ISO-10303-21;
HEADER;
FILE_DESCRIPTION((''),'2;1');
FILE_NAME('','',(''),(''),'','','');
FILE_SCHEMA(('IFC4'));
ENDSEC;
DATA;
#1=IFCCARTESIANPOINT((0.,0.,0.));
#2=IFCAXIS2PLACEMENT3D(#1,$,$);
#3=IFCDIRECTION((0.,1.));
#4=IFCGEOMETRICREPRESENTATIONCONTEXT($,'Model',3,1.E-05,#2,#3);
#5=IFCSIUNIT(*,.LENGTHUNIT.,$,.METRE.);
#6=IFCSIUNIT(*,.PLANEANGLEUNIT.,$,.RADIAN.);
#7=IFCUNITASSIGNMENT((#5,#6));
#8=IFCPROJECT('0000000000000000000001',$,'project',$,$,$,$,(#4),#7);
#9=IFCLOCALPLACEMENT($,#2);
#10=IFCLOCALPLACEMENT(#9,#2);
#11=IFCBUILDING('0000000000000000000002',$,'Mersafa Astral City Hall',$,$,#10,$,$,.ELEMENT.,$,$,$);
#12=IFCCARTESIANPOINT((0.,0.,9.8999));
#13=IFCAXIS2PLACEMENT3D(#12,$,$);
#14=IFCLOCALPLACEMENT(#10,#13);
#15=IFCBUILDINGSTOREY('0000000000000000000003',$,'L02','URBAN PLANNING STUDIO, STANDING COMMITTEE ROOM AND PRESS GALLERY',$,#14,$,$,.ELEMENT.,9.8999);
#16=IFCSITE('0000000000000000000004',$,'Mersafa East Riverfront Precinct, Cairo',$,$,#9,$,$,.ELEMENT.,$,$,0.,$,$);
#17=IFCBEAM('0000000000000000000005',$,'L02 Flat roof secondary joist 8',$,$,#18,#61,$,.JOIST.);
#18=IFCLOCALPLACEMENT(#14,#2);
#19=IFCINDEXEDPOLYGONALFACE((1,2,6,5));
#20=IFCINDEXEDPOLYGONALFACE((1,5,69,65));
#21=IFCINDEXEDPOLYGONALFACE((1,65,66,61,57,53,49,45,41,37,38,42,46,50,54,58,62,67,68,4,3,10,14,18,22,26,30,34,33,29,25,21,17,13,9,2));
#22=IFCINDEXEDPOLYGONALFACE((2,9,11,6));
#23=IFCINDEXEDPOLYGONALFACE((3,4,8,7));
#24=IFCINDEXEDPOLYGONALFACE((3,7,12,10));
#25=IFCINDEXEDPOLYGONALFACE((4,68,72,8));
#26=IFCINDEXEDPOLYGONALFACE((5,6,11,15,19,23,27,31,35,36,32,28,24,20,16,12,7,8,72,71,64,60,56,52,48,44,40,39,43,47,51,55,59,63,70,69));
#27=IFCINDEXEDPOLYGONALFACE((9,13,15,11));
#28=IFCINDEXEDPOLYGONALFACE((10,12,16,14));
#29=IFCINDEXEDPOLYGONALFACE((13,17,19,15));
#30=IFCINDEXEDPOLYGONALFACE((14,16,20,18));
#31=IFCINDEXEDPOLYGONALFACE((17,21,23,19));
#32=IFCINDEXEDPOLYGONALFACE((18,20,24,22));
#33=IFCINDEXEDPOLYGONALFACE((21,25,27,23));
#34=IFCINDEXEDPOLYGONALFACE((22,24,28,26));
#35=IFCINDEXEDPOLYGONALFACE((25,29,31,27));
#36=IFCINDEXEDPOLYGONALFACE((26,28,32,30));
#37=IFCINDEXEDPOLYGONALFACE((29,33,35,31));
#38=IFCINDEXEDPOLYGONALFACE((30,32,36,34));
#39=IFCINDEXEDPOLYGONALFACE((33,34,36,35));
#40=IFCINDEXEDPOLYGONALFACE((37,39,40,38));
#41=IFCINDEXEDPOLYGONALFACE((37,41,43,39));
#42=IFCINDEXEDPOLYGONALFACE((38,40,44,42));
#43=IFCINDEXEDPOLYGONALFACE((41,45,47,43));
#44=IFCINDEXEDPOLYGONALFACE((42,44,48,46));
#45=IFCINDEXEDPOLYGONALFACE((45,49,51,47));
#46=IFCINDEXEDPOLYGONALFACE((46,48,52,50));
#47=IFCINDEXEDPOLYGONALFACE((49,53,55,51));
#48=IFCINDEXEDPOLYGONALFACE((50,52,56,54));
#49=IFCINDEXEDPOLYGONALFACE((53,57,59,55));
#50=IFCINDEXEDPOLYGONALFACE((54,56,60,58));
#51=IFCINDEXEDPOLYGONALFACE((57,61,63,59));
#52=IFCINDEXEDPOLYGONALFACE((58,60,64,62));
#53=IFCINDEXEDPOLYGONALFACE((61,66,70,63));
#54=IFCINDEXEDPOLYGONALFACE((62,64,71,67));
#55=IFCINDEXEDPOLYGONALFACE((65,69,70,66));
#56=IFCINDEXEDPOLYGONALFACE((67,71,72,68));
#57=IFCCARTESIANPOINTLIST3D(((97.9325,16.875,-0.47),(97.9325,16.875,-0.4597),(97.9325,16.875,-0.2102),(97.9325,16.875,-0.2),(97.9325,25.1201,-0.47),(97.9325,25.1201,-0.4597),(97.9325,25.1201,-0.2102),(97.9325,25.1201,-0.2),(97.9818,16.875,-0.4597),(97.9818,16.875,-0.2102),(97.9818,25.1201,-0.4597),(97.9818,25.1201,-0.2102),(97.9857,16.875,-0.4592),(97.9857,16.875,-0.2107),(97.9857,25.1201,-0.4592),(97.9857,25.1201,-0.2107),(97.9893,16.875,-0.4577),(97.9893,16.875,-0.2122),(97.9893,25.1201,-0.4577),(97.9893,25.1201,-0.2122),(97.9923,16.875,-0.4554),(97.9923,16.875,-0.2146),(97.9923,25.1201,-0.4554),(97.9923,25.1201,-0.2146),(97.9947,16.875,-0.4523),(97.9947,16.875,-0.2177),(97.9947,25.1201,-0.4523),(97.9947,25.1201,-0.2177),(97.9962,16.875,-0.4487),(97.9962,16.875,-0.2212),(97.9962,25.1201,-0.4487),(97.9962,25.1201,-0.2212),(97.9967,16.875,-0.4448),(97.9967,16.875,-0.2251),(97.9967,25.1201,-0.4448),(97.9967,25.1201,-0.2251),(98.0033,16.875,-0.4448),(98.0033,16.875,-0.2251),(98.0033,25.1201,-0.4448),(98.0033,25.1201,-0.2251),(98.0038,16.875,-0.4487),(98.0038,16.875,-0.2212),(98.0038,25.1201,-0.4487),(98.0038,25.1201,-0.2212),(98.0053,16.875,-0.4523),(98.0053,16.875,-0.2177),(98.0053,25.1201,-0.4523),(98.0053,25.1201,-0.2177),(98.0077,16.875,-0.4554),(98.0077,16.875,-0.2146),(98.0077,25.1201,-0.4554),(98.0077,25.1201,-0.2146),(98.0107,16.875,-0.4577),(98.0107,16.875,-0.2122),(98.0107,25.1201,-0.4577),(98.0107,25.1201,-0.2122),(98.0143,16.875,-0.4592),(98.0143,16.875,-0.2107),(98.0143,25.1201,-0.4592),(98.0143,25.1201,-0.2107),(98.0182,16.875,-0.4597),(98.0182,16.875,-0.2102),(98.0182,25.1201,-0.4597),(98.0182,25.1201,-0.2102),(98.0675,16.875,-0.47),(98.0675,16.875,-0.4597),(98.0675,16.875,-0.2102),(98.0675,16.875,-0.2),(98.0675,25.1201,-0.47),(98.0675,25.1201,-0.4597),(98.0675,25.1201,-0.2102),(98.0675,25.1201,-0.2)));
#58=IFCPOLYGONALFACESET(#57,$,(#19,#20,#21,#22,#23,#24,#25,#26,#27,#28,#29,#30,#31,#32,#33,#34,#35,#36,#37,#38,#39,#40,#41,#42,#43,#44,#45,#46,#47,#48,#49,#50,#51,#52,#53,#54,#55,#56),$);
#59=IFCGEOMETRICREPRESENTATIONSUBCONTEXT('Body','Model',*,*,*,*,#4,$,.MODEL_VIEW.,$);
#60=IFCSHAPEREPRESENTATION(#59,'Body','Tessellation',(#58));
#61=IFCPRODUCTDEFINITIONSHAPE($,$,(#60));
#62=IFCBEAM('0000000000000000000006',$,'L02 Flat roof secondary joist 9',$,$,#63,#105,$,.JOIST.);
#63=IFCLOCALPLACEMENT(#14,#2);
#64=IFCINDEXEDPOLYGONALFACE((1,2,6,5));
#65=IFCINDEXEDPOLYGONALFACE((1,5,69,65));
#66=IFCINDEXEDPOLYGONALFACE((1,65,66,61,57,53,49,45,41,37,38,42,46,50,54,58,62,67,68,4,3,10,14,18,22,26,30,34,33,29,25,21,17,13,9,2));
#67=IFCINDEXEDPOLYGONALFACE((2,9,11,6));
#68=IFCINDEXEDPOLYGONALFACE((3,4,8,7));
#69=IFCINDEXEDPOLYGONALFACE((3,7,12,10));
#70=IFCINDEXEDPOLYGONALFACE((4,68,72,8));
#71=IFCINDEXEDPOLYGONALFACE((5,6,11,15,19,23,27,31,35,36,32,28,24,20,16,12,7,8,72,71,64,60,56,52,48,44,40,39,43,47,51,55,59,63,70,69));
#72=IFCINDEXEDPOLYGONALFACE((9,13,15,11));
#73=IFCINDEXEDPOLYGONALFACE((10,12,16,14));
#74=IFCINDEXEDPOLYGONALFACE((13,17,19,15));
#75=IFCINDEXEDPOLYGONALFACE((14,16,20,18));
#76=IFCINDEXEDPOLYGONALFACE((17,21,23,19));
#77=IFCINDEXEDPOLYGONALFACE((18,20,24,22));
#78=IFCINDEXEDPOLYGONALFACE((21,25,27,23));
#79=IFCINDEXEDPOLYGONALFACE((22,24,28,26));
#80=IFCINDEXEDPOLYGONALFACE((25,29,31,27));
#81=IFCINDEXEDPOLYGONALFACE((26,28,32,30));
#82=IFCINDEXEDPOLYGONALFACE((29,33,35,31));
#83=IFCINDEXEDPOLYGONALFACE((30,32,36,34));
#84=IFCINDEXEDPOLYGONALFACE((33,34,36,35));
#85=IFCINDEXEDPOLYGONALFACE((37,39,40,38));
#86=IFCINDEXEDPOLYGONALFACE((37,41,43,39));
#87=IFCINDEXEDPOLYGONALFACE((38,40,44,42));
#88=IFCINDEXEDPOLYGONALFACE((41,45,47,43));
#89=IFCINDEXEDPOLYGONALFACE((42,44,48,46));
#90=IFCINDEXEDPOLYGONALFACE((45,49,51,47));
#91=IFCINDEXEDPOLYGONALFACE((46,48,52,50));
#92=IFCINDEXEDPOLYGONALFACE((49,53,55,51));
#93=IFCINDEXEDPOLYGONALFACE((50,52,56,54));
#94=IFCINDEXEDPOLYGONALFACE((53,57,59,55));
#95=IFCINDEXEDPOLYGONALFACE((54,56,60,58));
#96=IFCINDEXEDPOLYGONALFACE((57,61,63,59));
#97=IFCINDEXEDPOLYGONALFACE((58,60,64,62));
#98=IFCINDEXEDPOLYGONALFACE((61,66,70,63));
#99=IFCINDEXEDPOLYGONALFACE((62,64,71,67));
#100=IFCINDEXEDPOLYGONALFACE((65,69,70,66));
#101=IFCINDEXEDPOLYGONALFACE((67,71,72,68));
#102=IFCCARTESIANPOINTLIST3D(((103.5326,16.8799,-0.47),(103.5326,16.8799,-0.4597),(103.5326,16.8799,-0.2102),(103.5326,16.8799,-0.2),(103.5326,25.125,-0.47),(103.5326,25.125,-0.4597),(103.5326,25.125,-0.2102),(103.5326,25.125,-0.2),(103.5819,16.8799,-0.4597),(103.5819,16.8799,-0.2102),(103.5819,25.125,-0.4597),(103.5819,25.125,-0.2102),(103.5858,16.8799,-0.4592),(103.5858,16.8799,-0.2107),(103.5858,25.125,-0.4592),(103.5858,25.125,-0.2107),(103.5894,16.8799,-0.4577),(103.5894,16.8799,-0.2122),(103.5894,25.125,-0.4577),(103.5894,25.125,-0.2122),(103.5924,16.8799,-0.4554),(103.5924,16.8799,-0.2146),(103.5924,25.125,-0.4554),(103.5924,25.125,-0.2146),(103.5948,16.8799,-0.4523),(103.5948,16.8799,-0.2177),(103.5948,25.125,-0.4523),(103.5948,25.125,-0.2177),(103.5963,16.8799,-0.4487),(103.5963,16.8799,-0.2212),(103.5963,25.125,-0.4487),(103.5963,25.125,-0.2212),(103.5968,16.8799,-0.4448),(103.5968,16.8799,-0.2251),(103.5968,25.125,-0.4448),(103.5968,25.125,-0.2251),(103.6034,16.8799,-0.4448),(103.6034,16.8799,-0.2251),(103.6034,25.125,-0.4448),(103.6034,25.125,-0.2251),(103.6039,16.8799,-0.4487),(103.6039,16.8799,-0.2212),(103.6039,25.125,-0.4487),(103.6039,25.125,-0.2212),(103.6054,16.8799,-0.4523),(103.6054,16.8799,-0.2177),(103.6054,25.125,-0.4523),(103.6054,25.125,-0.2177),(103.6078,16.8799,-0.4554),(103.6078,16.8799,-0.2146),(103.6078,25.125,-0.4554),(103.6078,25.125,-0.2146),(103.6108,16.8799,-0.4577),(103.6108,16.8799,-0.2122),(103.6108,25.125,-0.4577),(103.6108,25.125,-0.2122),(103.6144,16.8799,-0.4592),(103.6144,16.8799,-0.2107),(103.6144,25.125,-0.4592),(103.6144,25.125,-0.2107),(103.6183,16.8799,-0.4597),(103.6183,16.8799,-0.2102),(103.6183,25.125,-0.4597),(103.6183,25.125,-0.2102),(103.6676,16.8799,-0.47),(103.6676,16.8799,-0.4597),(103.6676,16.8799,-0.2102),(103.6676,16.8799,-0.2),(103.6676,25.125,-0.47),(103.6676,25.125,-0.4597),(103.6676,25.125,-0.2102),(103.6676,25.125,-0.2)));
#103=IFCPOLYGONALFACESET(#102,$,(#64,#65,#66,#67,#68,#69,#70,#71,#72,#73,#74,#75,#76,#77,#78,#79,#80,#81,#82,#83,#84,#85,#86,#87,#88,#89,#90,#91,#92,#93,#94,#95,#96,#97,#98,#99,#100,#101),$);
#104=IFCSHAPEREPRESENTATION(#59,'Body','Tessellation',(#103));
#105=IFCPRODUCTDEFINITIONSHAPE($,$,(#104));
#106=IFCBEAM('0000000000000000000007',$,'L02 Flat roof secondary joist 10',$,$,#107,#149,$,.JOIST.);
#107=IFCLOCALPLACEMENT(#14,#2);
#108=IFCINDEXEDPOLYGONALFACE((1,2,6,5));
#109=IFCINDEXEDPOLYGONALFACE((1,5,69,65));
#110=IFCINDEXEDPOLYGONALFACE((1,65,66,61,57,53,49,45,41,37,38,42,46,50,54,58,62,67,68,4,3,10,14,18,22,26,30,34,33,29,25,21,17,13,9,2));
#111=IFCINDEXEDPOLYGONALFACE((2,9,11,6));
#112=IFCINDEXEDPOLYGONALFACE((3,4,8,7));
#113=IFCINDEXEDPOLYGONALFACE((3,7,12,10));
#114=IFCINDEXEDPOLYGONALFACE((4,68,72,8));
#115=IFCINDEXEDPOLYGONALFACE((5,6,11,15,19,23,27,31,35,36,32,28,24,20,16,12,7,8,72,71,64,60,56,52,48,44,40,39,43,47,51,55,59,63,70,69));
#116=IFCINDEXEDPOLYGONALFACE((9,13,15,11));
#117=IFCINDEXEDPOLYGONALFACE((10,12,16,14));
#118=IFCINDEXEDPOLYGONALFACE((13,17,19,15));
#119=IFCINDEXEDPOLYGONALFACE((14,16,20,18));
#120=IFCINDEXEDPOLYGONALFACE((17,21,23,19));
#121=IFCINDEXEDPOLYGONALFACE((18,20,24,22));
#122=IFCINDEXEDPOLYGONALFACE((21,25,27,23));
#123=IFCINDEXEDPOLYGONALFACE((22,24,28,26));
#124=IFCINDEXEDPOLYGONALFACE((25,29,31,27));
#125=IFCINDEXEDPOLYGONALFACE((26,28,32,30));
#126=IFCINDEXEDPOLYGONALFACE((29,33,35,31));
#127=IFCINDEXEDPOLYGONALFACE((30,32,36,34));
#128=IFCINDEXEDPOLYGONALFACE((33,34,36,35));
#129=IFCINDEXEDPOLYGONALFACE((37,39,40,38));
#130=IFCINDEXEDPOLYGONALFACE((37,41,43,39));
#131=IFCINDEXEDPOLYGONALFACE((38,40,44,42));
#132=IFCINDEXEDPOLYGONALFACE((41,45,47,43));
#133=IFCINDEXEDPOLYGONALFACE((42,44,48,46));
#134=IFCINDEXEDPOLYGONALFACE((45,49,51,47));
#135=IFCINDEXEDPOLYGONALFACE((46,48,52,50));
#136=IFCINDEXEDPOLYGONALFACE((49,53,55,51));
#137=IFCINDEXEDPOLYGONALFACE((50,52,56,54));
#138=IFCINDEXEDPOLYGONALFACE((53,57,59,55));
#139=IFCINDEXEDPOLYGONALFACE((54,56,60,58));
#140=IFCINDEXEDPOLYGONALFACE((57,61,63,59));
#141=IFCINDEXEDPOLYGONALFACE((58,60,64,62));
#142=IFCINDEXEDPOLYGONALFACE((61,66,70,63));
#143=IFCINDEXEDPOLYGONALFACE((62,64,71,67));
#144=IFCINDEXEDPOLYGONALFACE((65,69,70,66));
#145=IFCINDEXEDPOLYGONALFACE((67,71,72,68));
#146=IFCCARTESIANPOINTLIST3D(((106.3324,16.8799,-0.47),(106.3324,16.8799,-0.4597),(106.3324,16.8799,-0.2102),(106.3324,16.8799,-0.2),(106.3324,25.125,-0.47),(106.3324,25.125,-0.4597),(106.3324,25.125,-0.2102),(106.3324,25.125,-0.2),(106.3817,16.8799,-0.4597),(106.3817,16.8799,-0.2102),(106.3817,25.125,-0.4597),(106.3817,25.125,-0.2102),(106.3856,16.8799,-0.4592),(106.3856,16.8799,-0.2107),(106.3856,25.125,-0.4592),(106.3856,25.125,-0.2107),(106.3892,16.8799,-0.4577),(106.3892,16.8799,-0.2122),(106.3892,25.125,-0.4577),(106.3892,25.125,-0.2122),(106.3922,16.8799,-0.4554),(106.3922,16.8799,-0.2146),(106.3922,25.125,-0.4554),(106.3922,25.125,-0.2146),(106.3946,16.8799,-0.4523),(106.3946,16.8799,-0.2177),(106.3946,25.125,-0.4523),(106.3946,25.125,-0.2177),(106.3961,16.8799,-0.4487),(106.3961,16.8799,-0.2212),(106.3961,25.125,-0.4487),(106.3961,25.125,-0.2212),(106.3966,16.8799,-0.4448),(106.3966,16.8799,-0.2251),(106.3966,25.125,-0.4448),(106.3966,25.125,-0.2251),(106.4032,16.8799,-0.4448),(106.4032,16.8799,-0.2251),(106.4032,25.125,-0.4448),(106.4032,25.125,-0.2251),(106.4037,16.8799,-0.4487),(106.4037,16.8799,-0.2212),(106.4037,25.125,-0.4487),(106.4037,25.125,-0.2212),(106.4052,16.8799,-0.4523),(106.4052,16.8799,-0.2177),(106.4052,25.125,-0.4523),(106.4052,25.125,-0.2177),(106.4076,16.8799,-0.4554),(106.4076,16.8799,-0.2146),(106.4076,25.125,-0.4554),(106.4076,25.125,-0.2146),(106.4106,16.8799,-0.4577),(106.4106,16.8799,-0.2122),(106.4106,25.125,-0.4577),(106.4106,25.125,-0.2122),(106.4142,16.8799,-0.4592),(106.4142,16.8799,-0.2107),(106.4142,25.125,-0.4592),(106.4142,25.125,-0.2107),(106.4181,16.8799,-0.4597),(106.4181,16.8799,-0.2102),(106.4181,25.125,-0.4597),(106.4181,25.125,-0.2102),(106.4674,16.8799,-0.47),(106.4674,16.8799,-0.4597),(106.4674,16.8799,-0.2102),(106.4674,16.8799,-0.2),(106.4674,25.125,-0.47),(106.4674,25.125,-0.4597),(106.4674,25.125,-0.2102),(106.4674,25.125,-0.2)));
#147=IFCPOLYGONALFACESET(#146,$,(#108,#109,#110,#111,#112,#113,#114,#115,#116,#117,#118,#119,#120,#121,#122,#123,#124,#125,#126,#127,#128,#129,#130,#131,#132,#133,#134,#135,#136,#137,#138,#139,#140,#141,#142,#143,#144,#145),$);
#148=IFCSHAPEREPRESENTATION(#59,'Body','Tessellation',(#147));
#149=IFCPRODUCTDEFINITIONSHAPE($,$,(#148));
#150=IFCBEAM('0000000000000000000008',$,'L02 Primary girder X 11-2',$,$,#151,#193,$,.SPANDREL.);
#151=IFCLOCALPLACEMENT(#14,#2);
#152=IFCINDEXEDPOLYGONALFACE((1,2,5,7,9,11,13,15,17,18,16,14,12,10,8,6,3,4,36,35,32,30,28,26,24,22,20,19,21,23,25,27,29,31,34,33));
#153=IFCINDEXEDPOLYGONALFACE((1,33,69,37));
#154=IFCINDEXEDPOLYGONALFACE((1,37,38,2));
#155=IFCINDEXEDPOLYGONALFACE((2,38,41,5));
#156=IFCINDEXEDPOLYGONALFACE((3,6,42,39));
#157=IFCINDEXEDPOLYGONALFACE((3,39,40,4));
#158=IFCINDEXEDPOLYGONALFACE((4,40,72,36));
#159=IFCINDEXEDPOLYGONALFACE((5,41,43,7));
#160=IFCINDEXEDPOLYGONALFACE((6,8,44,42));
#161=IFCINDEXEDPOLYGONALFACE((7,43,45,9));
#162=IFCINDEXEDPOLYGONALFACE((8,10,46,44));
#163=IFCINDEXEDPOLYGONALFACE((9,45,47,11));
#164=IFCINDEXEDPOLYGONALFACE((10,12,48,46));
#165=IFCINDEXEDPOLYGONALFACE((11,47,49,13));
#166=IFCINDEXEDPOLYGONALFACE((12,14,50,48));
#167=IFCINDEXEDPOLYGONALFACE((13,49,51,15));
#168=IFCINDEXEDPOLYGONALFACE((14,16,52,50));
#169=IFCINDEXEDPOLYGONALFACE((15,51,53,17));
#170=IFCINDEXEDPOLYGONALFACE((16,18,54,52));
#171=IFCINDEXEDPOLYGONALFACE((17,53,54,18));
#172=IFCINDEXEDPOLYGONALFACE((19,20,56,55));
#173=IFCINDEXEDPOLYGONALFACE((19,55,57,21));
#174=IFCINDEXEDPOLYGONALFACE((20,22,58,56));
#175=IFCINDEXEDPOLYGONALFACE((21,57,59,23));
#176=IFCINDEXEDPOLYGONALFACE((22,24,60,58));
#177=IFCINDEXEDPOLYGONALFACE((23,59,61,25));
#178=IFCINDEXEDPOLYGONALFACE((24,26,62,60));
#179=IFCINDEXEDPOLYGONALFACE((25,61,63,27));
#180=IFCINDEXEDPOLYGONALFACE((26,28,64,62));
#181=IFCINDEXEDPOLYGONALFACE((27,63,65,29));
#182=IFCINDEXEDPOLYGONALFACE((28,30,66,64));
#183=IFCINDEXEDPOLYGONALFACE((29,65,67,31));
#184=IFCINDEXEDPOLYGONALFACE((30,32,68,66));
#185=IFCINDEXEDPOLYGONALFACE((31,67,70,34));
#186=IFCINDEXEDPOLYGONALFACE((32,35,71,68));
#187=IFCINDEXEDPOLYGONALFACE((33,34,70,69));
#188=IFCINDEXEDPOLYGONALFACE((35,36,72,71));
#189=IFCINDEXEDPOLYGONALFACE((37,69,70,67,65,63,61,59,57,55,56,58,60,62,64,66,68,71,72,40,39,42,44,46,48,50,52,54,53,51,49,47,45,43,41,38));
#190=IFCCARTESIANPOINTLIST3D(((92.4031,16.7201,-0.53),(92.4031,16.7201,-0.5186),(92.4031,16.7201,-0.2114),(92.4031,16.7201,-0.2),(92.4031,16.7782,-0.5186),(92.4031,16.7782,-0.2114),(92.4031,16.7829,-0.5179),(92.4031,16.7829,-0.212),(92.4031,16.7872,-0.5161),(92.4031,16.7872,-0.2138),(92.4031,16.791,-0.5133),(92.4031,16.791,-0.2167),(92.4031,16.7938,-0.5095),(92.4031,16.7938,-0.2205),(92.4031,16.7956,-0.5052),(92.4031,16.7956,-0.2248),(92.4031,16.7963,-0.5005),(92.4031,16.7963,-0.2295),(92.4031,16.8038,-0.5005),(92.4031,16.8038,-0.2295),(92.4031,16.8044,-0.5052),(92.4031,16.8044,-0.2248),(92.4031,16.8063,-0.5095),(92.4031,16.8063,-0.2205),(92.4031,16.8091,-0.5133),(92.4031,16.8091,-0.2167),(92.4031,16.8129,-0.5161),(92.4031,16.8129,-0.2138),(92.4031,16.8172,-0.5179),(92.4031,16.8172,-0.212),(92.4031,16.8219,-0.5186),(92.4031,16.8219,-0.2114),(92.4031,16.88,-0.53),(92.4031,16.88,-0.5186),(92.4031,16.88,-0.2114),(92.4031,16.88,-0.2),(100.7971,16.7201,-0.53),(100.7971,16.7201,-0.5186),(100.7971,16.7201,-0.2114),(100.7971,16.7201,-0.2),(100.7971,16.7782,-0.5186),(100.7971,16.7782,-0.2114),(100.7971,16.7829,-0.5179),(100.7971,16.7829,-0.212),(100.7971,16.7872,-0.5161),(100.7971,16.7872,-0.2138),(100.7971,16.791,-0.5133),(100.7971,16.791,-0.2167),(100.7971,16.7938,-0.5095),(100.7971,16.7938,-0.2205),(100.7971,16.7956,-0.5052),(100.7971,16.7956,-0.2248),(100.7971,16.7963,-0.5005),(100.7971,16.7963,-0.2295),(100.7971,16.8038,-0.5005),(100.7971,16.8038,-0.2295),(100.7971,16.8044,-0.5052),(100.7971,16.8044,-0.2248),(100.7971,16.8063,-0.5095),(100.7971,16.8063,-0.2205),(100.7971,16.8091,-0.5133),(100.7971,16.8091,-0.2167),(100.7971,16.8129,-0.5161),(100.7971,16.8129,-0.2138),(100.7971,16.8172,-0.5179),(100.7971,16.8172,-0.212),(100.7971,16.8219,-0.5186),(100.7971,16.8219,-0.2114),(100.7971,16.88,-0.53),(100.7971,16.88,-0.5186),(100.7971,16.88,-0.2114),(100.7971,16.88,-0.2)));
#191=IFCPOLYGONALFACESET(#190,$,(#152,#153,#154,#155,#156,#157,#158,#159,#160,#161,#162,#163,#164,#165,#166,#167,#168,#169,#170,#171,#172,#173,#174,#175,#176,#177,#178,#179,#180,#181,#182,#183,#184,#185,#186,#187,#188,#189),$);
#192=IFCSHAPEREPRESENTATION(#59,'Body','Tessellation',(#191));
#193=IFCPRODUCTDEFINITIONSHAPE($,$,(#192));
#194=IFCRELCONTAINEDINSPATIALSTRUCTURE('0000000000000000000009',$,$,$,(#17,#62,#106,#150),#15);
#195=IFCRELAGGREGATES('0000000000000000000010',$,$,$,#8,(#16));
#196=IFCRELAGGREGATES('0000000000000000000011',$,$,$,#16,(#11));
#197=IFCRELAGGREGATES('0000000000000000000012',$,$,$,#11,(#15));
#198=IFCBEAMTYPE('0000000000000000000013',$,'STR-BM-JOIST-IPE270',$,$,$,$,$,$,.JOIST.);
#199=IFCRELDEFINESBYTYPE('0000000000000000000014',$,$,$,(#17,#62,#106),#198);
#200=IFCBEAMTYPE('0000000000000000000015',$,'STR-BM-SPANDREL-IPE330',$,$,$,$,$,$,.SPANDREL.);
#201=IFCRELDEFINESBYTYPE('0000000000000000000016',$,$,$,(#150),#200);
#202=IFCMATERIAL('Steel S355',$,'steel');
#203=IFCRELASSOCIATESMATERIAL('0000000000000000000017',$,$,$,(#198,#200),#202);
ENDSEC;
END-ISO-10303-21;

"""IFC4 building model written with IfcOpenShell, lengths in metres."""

from ifc_helpers import new_model, si_unit, direction, frame, origin, origin_2d, place, context, subcontext, project, spatial, i_section, extrude, material, material_profile, profile_set, type_object, element, save


model = new_model("IFC4")

# Units and contexts
model_context = context("Model", 3, precision=1e-05, world=origin(), true_north=direction((0.0, 1.0)))
body_context = subcontext(model_context, "Body", "Model", "MODEL_VIEW")
ifc_project = project(units=[si_unit("LENGTHUNIT", "METRE"), si_unit("PLANEANGLEUNIT", "RADIAN")], contexts=[model_context])

# Site, building, storey
site_placement = place(None, origin())
site = spatial("IfcSite", under=ifc_project, at=site_placement, Name="Mersafa East Riverfront Precinct, Cairo", CompositionType="ELEMENT", RefElevation=0.0)
building_placement = place(site_placement, origin())
building = spatial("IfcBuilding", under=site, at=building_placement, Name="Mersafa Astral City Hall", CompositionType="ELEMENT")
storey_placement = place(building_placement, frame((0.0, 0.0, 9.8999)))
storey = spatial("IfcBuildingStorey", under=building, at=storey_placement, Name="L02", Description="URBAN PLANNING STUDIO, STANDING COMMITTEE ROOM AND PRESS GALLERY", CompositionType="ELEMENT", Elevation=9.8999)

# Shared definitions
ifc_material_1 = material(Name="Steel S355", Category="steel")

# Beams
ifc_material_profile_1 = material_profile(ifc_material_1, i_section(OverallWidth=0.135, OverallDepth=0.27, WebThickness=0.0066, FlangeThickness=0.0103, FilletRadius=0.0149, at=origin_2d()), Name="IPE 270")
ifc_profile_set_1 = profile_set([ifc_material_profile_1], Name="Steel S355")
beam_type_1 = type_object("IfcBeamType", Name="STR-BM-JOIST-IPE270", PredefinedType="JOIST", material=ifc_profile_set_1)
for number, where, z_axis, x_axis, name in (
    (1, (98.0, 16.875, -0.335), (0.0, 1.0, 0.0), (-1.0, 0.0, 0.0), "L02 Flat roof secondary joist 8"),
    (2, (103.6001, 16.8799, -0.335), (0.0, 1.0, 0.0), (-1.0, 0.0, 0.0), "L02 Flat roof secondary joist 9"),
    (3, (106.3999, 16.8799, -0.335), (0.0, 1.0, 0.0), (-1.0, 0.0, 0.0), "L02 Flat roof secondary joist 10"),
):
    element("IfcBeam", number, at=place(storey_placement, frame(where, z_axis=z_axis, x_axis=x_axis)), inside=storey, type_object=beam_type_1, Name=name, PredefinedType="JOIST", context=body_context, shape_type="SweptSolid", body=[
        extrude(i_section(OverallWidth=0.135, OverallDepth=0.27, WebThickness=0.0066, FlangeThickness=0.0103, FilletRadius=0.0149, at=origin_2d()), origin(), (0.0, 0.0, 1.0), 8.2451),
    ])
ifc_material_profile_2 = material_profile(ifc_material_1, i_section(OverallWidth=0.1599, OverallDepth=0.3301, WebThickness=0.0076, FlangeThickness=0.0115, FilletRadius=0.0181, at=origin_2d()), Name="IPE 330")
ifc_profile_set_2 = profile_set([ifc_material_profile_2], Name="Steel S355")
beam_type_2 = type_object("IfcBeamType", Name="STR-BM-SPANDREL-IPE330", PredefinedType="SPANDREL", material=ifc_profile_set_2)
beam_1_placement = place(storey_placement, frame((92.4031, 16.8, -0.365), z_axis=(1.0, 0.0, 0.0), x_axis=(0.0, 1.0, 0.0)))
element("IfcBeam", 4, at=beam_1_placement, inside=storey, type_object=beam_type_2, Name="L02 Primary girder X 11-2", PredefinedType="SPANDREL", context=body_context, shape_type="SweptSolid", body=[
    extrude(i_section(OverallWidth=0.1599, OverallDepth=0.3301, WebThickness=0.0076, FlangeThickness=0.0115, FilletRadius=0.0181, at=origin_2d()), origin(), (0.0, 0.0, 1.0), 8.394),
])

save(model, "model.ifc")
